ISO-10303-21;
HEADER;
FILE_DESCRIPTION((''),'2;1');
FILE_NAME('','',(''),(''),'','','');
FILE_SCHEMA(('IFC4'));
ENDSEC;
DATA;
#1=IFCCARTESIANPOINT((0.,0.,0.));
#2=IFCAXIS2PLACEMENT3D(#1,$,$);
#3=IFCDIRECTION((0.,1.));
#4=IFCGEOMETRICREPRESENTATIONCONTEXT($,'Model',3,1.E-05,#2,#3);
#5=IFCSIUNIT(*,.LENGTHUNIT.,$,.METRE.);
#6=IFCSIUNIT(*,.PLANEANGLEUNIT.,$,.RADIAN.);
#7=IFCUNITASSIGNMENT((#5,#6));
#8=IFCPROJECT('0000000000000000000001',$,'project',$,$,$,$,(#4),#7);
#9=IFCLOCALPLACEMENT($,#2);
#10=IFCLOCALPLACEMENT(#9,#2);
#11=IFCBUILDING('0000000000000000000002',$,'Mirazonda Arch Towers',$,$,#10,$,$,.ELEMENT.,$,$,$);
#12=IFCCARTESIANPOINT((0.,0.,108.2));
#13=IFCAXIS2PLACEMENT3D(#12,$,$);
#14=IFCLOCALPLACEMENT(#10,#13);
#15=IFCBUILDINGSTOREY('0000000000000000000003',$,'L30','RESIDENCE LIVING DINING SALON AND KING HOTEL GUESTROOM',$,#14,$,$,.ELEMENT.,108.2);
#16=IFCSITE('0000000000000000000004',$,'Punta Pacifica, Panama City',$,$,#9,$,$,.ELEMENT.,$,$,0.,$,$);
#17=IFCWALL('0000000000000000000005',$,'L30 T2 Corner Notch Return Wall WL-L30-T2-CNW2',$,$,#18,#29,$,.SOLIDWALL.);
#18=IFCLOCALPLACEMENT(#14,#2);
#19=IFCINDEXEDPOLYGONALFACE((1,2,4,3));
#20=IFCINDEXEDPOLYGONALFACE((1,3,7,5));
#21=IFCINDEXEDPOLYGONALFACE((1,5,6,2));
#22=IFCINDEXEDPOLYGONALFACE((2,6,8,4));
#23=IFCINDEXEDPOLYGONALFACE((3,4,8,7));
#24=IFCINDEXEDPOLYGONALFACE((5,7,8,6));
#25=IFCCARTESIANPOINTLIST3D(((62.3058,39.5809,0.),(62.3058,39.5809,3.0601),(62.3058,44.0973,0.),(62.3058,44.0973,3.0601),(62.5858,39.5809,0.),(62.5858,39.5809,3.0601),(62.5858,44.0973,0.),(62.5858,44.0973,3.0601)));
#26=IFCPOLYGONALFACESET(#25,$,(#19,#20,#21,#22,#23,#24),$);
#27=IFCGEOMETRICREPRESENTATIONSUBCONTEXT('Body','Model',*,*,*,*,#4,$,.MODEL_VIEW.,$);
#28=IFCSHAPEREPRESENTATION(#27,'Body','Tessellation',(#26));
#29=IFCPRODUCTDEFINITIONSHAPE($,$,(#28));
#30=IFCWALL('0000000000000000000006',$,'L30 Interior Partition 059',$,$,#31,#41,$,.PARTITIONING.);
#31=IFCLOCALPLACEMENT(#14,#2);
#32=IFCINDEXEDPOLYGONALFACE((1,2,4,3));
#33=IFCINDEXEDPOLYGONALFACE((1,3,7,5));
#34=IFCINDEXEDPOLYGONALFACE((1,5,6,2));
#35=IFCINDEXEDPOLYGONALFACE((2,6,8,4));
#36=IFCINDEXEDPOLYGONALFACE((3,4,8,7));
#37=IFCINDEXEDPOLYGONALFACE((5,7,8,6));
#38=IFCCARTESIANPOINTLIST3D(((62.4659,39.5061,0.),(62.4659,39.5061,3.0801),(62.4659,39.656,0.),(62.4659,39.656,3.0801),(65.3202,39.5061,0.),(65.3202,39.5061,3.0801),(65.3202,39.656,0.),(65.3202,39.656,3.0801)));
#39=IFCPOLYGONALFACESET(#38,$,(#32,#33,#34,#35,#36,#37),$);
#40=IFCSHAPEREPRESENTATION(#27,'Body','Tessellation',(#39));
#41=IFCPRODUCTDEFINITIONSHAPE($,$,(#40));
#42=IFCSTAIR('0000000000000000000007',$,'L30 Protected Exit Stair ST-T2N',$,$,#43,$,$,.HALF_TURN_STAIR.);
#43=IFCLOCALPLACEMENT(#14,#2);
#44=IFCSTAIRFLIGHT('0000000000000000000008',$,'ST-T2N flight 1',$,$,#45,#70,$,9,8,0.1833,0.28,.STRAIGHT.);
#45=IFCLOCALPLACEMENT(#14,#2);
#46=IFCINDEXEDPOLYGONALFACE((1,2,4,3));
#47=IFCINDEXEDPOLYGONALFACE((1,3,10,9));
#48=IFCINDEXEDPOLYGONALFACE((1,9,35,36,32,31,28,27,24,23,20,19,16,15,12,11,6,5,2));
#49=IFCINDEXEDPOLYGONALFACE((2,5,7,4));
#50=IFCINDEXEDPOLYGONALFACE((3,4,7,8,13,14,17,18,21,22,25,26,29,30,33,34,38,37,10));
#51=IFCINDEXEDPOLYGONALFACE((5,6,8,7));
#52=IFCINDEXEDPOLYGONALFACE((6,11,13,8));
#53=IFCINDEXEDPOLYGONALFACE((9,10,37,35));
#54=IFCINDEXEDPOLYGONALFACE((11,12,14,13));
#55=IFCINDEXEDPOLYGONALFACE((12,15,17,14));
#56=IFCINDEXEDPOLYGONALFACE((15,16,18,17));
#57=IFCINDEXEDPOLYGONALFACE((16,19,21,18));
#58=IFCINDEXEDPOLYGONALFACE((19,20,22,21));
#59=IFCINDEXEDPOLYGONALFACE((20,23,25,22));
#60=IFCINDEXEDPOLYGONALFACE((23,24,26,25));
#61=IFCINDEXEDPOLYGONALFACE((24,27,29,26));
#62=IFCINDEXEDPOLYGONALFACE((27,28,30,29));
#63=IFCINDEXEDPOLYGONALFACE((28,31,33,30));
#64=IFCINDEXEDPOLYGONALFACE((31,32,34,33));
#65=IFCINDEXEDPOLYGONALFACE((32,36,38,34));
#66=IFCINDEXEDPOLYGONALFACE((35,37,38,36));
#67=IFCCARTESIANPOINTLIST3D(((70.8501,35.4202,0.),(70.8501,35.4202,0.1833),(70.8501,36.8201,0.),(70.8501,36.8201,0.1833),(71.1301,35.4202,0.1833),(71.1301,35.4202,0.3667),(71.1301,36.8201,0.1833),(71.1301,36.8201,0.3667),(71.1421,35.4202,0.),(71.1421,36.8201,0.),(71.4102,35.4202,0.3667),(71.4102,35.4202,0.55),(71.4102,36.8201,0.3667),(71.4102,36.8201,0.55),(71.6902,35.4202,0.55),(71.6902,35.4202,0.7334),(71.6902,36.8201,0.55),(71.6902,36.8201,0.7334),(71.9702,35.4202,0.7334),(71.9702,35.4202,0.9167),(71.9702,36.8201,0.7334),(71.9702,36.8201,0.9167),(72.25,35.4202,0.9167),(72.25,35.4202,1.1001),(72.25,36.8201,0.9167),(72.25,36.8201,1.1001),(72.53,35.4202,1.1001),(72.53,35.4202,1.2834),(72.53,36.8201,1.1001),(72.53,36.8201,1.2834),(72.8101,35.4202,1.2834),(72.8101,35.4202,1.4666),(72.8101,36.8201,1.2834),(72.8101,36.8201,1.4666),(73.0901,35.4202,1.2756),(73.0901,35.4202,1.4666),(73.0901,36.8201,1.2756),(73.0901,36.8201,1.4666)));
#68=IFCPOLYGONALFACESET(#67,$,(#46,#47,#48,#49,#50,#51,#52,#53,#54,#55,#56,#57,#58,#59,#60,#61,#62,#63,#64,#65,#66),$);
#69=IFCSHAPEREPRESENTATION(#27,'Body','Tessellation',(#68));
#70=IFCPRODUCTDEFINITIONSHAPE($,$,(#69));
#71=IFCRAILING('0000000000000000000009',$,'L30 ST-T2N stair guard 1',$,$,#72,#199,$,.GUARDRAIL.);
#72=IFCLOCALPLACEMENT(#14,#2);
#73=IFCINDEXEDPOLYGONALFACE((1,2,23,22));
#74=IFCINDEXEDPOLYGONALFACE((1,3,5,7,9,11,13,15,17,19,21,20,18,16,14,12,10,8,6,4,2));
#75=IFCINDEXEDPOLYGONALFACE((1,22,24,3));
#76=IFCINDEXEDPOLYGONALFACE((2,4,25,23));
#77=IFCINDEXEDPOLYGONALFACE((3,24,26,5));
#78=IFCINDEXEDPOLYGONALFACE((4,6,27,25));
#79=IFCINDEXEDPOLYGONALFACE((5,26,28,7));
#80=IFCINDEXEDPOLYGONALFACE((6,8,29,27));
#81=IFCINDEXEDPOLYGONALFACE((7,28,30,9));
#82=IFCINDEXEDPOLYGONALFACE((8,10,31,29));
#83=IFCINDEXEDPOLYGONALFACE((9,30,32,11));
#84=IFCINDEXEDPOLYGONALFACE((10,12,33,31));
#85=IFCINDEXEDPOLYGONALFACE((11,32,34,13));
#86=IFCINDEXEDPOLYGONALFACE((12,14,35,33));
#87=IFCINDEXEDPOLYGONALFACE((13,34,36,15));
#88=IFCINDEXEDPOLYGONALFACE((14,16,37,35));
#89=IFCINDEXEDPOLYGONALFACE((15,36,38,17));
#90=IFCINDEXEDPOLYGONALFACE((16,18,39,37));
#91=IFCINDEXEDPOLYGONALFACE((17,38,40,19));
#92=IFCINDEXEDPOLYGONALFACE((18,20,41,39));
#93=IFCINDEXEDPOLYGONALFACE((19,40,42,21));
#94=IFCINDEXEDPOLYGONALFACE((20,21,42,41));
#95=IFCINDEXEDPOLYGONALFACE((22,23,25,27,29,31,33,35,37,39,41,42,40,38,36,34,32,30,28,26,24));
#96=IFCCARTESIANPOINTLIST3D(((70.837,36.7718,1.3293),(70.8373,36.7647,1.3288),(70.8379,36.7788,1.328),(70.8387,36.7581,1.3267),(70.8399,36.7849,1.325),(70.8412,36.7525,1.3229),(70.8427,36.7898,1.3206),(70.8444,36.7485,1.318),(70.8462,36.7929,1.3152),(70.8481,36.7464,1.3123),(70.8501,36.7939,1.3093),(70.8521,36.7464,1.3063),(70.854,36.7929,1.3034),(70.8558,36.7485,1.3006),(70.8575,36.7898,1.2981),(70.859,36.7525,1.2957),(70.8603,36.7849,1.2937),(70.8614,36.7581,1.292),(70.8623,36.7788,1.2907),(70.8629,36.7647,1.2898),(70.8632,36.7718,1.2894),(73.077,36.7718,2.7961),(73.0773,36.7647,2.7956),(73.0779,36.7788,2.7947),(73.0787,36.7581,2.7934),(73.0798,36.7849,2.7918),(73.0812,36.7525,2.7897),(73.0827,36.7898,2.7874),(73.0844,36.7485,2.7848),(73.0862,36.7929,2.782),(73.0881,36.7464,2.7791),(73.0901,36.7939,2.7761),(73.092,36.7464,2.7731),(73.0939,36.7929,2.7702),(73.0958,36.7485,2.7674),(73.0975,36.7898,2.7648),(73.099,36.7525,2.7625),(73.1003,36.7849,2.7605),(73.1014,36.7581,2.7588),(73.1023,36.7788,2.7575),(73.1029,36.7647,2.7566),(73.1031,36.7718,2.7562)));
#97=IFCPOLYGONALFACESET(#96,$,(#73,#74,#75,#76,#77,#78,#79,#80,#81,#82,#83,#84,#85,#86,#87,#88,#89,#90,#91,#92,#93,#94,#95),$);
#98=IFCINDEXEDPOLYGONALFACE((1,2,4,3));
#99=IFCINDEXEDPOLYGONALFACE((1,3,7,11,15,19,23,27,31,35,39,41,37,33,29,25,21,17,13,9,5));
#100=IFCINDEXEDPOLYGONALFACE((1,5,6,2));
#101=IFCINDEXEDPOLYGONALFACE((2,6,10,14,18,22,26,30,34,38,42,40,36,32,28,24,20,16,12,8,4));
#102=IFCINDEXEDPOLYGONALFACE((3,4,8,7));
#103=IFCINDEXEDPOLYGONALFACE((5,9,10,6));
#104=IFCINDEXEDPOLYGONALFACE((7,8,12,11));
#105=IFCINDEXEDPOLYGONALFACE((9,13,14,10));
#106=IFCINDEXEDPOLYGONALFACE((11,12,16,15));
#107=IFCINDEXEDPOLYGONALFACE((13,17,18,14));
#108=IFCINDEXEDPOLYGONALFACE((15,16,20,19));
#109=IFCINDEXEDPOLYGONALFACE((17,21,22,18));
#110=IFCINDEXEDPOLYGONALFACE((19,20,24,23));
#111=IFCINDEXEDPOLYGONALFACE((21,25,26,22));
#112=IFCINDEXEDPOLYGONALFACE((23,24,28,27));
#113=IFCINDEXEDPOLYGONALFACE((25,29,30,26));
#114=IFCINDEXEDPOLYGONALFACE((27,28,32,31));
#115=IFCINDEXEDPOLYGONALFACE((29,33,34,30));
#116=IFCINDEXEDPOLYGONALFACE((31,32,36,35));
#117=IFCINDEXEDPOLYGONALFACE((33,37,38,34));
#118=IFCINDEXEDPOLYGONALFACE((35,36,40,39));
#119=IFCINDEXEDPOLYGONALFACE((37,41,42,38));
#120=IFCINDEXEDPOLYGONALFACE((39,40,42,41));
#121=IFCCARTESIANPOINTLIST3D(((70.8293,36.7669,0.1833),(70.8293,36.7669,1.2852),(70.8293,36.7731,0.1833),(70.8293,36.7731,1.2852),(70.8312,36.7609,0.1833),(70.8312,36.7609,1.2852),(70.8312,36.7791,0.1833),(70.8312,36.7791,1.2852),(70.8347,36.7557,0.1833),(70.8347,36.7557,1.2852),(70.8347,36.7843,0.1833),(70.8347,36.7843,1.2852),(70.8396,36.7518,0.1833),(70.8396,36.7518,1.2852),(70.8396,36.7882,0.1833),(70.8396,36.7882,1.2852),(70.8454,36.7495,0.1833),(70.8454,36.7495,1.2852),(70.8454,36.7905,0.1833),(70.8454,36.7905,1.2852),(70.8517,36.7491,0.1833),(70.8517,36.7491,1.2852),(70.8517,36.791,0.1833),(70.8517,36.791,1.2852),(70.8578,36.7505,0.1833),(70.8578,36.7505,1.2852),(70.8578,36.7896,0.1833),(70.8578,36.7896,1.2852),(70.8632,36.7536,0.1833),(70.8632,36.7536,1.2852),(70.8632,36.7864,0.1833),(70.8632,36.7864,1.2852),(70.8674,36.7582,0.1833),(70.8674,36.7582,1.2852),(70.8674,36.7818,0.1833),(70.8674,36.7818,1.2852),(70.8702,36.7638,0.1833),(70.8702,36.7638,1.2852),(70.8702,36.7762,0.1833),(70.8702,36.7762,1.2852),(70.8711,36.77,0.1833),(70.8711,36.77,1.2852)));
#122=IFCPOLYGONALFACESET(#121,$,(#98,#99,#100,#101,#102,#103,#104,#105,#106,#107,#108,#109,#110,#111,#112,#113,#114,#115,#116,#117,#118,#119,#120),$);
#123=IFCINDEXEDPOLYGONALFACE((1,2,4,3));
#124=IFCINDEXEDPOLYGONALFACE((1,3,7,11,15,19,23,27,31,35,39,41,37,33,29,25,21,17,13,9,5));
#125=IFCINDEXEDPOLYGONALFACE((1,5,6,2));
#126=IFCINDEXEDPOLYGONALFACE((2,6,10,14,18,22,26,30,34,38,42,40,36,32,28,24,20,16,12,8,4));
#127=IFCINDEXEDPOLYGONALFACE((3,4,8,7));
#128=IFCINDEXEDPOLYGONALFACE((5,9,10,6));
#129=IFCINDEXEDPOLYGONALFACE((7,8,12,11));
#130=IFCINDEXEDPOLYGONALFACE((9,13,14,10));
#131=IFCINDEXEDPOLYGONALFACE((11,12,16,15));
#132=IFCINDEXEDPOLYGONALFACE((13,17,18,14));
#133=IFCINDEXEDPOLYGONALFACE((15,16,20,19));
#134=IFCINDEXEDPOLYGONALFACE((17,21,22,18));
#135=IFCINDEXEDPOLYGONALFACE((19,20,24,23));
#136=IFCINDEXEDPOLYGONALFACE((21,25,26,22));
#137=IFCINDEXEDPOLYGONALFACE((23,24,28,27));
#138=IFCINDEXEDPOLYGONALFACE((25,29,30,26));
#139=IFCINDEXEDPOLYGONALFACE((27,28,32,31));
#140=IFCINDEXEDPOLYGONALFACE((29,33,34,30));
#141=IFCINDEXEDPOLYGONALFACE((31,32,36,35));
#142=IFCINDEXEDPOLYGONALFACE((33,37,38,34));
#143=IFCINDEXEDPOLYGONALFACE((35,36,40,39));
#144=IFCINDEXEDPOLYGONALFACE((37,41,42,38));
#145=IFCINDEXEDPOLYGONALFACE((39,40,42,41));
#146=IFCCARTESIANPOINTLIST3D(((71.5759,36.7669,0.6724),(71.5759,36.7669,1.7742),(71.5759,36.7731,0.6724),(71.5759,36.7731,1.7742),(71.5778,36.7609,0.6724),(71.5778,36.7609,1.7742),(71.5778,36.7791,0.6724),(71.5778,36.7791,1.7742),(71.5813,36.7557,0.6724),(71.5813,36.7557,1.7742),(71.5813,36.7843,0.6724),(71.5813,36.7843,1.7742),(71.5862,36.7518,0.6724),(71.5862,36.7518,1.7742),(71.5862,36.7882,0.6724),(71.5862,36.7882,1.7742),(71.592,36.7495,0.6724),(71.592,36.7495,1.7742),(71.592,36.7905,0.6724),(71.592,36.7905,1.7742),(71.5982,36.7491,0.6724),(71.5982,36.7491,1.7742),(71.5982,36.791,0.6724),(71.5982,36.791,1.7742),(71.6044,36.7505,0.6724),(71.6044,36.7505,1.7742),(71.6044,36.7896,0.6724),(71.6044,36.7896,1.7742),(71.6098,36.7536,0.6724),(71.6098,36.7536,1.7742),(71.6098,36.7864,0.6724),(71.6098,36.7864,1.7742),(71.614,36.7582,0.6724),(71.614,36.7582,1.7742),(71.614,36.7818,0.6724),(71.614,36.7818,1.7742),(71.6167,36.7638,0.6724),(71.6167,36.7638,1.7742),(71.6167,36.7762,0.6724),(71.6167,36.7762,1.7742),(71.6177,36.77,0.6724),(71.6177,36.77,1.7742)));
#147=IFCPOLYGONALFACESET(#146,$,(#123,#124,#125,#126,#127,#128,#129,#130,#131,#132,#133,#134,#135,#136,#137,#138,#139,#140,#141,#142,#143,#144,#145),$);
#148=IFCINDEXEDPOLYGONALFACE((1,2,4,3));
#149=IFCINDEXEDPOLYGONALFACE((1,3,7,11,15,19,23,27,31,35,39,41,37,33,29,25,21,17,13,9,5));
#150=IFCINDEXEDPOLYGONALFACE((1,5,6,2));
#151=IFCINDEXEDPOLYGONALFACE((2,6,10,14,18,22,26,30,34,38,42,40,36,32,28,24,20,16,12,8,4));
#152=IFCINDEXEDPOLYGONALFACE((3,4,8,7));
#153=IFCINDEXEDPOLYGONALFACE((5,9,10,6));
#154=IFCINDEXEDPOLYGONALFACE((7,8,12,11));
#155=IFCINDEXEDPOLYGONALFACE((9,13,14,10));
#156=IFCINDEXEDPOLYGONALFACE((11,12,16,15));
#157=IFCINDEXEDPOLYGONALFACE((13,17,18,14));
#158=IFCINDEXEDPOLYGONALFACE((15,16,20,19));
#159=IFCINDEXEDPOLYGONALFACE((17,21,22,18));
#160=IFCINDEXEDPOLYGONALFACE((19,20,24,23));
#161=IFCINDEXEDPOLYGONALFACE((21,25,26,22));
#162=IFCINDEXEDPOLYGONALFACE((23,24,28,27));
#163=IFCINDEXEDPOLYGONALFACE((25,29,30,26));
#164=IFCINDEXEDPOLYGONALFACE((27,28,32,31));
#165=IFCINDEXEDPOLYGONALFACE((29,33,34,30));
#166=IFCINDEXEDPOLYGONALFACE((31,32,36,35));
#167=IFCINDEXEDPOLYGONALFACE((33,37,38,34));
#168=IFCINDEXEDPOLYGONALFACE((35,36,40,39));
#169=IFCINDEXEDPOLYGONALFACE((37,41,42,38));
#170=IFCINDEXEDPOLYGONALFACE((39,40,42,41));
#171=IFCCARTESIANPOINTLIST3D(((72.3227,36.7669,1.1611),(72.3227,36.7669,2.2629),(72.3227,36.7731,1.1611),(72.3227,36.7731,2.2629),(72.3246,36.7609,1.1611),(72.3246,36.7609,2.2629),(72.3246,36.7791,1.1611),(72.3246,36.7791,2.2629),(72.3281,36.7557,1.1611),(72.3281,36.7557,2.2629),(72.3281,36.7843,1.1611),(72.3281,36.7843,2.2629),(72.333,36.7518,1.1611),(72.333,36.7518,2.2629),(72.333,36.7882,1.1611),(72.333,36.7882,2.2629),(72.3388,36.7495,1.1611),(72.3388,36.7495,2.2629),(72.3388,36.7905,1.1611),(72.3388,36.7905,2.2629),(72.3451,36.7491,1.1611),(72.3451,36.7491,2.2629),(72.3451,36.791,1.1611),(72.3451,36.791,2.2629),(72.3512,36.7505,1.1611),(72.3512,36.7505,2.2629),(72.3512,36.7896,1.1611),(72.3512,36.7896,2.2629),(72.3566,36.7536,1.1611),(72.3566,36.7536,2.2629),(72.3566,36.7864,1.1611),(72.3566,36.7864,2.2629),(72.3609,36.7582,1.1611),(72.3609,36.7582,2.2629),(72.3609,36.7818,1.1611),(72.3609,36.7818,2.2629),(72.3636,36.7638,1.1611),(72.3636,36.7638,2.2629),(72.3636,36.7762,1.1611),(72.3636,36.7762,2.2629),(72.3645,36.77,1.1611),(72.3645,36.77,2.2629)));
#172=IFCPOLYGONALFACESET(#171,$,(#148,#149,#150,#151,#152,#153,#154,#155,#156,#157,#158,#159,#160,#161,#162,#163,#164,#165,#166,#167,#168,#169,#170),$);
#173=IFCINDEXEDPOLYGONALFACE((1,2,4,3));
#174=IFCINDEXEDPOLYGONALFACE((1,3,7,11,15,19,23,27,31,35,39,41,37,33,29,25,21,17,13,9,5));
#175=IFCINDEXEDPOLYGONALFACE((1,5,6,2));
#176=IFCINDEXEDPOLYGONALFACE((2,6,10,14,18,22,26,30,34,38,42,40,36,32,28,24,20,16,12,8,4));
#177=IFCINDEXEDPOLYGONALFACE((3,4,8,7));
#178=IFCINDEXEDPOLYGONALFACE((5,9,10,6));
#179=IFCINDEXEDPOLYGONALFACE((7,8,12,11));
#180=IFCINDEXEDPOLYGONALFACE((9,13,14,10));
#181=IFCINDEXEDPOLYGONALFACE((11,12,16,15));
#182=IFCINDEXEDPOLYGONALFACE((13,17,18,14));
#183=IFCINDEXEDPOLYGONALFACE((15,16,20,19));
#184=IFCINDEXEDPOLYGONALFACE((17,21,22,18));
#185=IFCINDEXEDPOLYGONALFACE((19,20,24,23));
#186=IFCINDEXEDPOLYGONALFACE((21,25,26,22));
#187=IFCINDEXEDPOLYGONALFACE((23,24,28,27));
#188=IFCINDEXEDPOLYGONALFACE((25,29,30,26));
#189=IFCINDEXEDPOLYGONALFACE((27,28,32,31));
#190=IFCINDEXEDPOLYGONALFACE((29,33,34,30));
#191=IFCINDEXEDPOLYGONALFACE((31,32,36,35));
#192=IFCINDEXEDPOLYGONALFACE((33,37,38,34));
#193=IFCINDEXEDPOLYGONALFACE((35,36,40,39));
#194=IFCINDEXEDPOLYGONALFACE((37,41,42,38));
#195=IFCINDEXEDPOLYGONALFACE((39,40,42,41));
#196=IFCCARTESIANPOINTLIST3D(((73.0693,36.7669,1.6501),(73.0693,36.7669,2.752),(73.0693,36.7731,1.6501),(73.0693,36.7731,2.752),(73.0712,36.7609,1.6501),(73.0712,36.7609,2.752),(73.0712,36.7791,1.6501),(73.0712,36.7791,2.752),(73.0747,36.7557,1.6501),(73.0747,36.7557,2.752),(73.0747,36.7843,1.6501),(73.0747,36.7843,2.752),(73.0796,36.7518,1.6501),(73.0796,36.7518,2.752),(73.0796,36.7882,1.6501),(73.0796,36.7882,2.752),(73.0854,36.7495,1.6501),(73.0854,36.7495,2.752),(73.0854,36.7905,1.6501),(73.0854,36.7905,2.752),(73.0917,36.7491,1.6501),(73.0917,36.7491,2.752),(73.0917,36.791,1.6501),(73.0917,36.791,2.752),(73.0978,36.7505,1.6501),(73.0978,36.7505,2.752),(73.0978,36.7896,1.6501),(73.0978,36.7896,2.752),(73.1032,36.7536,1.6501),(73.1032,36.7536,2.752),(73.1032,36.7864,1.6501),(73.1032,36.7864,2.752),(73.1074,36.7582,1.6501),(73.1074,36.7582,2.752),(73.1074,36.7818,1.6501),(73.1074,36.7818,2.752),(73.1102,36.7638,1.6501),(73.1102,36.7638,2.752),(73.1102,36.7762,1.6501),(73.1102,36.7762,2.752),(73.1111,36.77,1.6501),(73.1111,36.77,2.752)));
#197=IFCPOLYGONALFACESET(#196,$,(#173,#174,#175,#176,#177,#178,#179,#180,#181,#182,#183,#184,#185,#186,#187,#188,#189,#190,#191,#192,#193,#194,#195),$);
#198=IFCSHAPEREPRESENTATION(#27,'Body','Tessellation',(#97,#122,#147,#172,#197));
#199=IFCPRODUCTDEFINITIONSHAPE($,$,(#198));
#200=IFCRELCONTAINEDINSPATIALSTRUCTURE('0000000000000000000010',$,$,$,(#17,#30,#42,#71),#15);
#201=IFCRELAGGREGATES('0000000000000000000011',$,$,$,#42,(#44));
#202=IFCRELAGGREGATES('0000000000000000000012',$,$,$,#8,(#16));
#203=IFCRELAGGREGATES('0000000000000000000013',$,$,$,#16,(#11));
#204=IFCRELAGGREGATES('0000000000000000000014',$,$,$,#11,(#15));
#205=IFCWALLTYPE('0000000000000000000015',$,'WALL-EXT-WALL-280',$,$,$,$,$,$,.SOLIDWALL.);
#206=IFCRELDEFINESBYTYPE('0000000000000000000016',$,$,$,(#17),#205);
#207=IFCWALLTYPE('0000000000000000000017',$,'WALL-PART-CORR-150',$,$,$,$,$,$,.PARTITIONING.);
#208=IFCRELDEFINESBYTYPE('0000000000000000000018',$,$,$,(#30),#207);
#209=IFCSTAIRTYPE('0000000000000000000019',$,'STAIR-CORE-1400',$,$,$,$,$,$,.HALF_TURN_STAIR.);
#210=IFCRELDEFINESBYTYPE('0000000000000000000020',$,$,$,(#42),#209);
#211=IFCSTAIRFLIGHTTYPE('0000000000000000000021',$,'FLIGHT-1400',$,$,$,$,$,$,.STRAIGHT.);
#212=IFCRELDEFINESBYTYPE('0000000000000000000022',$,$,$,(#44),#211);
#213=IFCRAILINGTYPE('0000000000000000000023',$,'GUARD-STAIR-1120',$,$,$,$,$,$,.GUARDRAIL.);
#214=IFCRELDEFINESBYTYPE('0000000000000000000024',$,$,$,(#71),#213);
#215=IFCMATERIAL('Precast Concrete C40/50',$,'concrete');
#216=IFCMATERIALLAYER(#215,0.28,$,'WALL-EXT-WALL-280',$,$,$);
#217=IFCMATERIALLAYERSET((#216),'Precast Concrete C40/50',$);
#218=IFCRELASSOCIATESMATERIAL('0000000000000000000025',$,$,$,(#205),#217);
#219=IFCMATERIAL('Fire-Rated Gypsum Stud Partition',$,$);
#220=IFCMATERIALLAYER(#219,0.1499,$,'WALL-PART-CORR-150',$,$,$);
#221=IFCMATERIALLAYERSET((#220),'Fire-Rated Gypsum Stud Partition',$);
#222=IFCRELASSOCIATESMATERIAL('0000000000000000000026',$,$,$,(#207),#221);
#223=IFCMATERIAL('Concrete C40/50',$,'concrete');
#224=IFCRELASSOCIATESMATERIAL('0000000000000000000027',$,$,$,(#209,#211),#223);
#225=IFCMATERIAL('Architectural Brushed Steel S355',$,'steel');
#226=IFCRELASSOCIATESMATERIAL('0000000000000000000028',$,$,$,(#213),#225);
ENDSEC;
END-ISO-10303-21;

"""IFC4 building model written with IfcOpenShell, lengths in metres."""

from ifc_helpers import new_model, si_unit, direction, frame, frame_2d, origin, origin_2d, place, context, subcontext, project, spatial, polyline, rectangle, circle, outline, extrude, material, layer, layer_set, type_object, element, aggregate, save


model = new_model("IFC4")

# Units and contexts
model_context = context("Model", 3, precision=1e-05, world=origin(), true_north=direction((0.0, 1.0)))
body_context = subcontext(model_context, "Body", "Model", "MODEL_VIEW")
ifc_project = project(units=[si_unit("LENGTHUNIT", "METRE"), si_unit("PLANEANGLEUNIT", "RADIAN")], contexts=[model_context])

# Site, building, storey
site_placement = place(None, origin())
site = spatial("IfcSite", under=ifc_project, at=site_placement, Name="Punta Pacifica, Panama City", CompositionType="ELEMENT", RefElevation=0.0)
building_placement = place(site_placement, origin())
building = spatial("IfcBuilding", under=site, at=building_placement, Name="Mirazonda Arch Towers", CompositionType="ELEMENT")
storey_placement = place(building_placement, frame((0.0, 0.0, 108.2)))
storey = spatial("IfcBuildingStorey", under=building, at=storey_placement, Name="L30", Description="RESIDENCE LIVING DINING SALON AND KING HOTEL GUESTROOM", CompositionType="ELEMENT", Elevation=108.2)

# Walls
ifc_material_1 = material(Name="Precast Concrete C40/50", Category="concrete")
ifc_layer_1 = layer(ifc_material_1, 0.28, Name="WALL-EXT-WALL-280")
ifc_layer_set_1 = layer_set([ifc_layer_1], Name="Precast Concrete C40/50")
wall_type_1 = type_object("IfcWallType", Name="WALL-EXT-WALL-280", PredefinedType="SOLIDWALL", material=ifc_layer_set_1)
wall_1_placement = place(storey_placement, frame((62.4458, 44.0974, 0.0), z_axis=(0.0, 0.0, 1.0), x_axis=(0.0, -1.0, 0.0)))
element("IfcWall", 1, at=wall_1_placement, inside=storey, type_object=wall_type_1, Name="L30 T2 Corner Notch Return Wall WL-L30-T2-CNW2", PredefinedType="SOLIDWALL", context=body_context, shape_type="SweptSolid", body=[
    extrude(rectangle(XDim=4.5164, YDim=0.28, at=frame_2d((2.2583, 0.0))), origin(), (0.0, 0.0, 1.0), 3.0601),
])
ifc_material_2 = material(Name="Fire-Rated Gypsum Stud Partition")
ifc_layer_2 = layer(ifc_material_2, 0.1499, Name="WALL-PART-CORR-150")
ifc_layer_set_2 = layer_set([ifc_layer_2], Name="Fire-Rated Gypsum Stud Partition")
wall_type_2 = type_object("IfcWallType", Name="WALL-PART-CORR-150", PredefinedType="PARTITIONING", material=ifc_layer_set_2)
wall_2_placement = place(storey_placement, frame((62.4658, 39.5811, 0.0), z_axis=(0.0, 0.0, 1.0), x_axis=(1.0, 0.0, 0.0)))
element("IfcWall", 2, at=wall_2_placement, inside=storey, type_object=wall_type_2, Name="L30 Interior Partition 059", PredefinedType="PARTITIONING", context=body_context, shape_type="SweptSolid", body=[
    extrude(rectangle(XDim=2.8542, YDim=0.1499, at=frame_2d((1.4272, 0.0))), origin(), (0.0, 0.0, 1.0), 3.0801),
])

# Stair, stair flight
ifc_material_3 = material(Name="Concrete C40/50", Category="concrete")
stair_type = type_object("IfcStairType", Name="STAIR-CORE-1400", PredefinedType="HALF_TURN_STAIR", material=ifc_material_3)
stair_placement = place(storey_placement, origin())
stair = element("IfcStair", 3, at=stair_placement, inside=storey, type_object=stair_type, Name="L30 Protected Exit Stair ST-T2N", PredefinedType="HALF_TURN_STAIR")
stair_flight_type = type_object("IfcStairFlightType", Name="FLIGHT-1400", PredefinedType="STRAIGHT", material=ifc_material_3)
stair_flight_placement = place(storey_placement, frame((70.8501, 36.1201, 0.0), z_axis=(0.0, 0.0, 1.0), x_axis=(1.0, 0.0, 0.0)))
stair_flight = element("IfcStairFlight", 4, at=stair_flight_placement, type_object=stair_flight_type, Name="ST-T2N flight 1", NumberOfRisers=9, NumberOfTreads=8, PredefinedType="STRAIGHT", RiserHeight=0.1833, TreadLength=0.28, context=body_context, shape_type="SweptSolid", body=[
    extrude(outline(polyline([(0.0, 0.0), (0.0, 0.1833), (0.28, 0.1833), (0.28, 0.3667), (0.5601, 0.3667), (0.5601, 0.55), (0.8401, 0.55), (0.8401, 0.7334), (1.1201, 0.7334), (1.1201, 0.9167), (1.3999, 0.9167), (1.3999, 1.1001), (1.6799, 1.1001), (1.6799, 1.2834), (1.96, 1.2834), (1.96, 1.4666), (2.24, 1.4666), (2.24, 1.6499), (2.24, 1.2756), (0.292, 0.0), (0.0, 0.0)])), frame((0.0, 0.7, 0.0), z_axis=(0.0, -1.0, 0.0), x_axis=(1.0, 0.0, 0.0)), (0.0, 0.0, 1.0), 1.3999),
])
aggregate(stair, [stair_flight])

# Railing
ifc_material_4 = material(Name="Architectural Brushed Steel S355", Category="steel")
railing_type = type_object("IfcRailingType", Name="GUARD-STAIR-1120", PredefinedType="GUARDRAIL", material=ifc_material_4)
railing_1_placement = place(storey_placement, frame((70.8501, 36.77, 0.1833)))
element("IfcRailing", 5, at=railing_1_placement, inside=storey, type_object=railing_type, Name="L30 ST-T2N stair guard 1", PredefinedType="GUARDRAIL", context=body_context, shape_type="SweptSolid", body=[
    extrude(circle(Radius=0.0239, at=origin_2d()), frame((0.0, 0.0, 1.126), z_axis=(0.836595, 0.0, 0.547822), x_axis=(0.0, 1.0, 0.0)), (0.0, 0.0, 1.0), 2.6775),
    extrude(circle(Radius=0.021, at=origin_2d()), origin(), (0.0, 0.0, 1.0), 1.1018),
    extrude(circle(Radius=0.021, at=origin_2d()), frame((0.7466, 0.0, 0.489)), (0.0, 0.0, 1.0), 1.1018),
    extrude(circle(Radius=0.021, at=origin_2d()), frame((1.4934, 0.0, 0.9778)), (0.0, 0.0, 1.0), 1.1018),
    extrude(circle(Radius=0.021, at=origin_2d()), frame((2.24, 0.0, 1.4668)), (0.0, 0.0, 1.0), 1.1018),
])

save(model, "model.ifc")
